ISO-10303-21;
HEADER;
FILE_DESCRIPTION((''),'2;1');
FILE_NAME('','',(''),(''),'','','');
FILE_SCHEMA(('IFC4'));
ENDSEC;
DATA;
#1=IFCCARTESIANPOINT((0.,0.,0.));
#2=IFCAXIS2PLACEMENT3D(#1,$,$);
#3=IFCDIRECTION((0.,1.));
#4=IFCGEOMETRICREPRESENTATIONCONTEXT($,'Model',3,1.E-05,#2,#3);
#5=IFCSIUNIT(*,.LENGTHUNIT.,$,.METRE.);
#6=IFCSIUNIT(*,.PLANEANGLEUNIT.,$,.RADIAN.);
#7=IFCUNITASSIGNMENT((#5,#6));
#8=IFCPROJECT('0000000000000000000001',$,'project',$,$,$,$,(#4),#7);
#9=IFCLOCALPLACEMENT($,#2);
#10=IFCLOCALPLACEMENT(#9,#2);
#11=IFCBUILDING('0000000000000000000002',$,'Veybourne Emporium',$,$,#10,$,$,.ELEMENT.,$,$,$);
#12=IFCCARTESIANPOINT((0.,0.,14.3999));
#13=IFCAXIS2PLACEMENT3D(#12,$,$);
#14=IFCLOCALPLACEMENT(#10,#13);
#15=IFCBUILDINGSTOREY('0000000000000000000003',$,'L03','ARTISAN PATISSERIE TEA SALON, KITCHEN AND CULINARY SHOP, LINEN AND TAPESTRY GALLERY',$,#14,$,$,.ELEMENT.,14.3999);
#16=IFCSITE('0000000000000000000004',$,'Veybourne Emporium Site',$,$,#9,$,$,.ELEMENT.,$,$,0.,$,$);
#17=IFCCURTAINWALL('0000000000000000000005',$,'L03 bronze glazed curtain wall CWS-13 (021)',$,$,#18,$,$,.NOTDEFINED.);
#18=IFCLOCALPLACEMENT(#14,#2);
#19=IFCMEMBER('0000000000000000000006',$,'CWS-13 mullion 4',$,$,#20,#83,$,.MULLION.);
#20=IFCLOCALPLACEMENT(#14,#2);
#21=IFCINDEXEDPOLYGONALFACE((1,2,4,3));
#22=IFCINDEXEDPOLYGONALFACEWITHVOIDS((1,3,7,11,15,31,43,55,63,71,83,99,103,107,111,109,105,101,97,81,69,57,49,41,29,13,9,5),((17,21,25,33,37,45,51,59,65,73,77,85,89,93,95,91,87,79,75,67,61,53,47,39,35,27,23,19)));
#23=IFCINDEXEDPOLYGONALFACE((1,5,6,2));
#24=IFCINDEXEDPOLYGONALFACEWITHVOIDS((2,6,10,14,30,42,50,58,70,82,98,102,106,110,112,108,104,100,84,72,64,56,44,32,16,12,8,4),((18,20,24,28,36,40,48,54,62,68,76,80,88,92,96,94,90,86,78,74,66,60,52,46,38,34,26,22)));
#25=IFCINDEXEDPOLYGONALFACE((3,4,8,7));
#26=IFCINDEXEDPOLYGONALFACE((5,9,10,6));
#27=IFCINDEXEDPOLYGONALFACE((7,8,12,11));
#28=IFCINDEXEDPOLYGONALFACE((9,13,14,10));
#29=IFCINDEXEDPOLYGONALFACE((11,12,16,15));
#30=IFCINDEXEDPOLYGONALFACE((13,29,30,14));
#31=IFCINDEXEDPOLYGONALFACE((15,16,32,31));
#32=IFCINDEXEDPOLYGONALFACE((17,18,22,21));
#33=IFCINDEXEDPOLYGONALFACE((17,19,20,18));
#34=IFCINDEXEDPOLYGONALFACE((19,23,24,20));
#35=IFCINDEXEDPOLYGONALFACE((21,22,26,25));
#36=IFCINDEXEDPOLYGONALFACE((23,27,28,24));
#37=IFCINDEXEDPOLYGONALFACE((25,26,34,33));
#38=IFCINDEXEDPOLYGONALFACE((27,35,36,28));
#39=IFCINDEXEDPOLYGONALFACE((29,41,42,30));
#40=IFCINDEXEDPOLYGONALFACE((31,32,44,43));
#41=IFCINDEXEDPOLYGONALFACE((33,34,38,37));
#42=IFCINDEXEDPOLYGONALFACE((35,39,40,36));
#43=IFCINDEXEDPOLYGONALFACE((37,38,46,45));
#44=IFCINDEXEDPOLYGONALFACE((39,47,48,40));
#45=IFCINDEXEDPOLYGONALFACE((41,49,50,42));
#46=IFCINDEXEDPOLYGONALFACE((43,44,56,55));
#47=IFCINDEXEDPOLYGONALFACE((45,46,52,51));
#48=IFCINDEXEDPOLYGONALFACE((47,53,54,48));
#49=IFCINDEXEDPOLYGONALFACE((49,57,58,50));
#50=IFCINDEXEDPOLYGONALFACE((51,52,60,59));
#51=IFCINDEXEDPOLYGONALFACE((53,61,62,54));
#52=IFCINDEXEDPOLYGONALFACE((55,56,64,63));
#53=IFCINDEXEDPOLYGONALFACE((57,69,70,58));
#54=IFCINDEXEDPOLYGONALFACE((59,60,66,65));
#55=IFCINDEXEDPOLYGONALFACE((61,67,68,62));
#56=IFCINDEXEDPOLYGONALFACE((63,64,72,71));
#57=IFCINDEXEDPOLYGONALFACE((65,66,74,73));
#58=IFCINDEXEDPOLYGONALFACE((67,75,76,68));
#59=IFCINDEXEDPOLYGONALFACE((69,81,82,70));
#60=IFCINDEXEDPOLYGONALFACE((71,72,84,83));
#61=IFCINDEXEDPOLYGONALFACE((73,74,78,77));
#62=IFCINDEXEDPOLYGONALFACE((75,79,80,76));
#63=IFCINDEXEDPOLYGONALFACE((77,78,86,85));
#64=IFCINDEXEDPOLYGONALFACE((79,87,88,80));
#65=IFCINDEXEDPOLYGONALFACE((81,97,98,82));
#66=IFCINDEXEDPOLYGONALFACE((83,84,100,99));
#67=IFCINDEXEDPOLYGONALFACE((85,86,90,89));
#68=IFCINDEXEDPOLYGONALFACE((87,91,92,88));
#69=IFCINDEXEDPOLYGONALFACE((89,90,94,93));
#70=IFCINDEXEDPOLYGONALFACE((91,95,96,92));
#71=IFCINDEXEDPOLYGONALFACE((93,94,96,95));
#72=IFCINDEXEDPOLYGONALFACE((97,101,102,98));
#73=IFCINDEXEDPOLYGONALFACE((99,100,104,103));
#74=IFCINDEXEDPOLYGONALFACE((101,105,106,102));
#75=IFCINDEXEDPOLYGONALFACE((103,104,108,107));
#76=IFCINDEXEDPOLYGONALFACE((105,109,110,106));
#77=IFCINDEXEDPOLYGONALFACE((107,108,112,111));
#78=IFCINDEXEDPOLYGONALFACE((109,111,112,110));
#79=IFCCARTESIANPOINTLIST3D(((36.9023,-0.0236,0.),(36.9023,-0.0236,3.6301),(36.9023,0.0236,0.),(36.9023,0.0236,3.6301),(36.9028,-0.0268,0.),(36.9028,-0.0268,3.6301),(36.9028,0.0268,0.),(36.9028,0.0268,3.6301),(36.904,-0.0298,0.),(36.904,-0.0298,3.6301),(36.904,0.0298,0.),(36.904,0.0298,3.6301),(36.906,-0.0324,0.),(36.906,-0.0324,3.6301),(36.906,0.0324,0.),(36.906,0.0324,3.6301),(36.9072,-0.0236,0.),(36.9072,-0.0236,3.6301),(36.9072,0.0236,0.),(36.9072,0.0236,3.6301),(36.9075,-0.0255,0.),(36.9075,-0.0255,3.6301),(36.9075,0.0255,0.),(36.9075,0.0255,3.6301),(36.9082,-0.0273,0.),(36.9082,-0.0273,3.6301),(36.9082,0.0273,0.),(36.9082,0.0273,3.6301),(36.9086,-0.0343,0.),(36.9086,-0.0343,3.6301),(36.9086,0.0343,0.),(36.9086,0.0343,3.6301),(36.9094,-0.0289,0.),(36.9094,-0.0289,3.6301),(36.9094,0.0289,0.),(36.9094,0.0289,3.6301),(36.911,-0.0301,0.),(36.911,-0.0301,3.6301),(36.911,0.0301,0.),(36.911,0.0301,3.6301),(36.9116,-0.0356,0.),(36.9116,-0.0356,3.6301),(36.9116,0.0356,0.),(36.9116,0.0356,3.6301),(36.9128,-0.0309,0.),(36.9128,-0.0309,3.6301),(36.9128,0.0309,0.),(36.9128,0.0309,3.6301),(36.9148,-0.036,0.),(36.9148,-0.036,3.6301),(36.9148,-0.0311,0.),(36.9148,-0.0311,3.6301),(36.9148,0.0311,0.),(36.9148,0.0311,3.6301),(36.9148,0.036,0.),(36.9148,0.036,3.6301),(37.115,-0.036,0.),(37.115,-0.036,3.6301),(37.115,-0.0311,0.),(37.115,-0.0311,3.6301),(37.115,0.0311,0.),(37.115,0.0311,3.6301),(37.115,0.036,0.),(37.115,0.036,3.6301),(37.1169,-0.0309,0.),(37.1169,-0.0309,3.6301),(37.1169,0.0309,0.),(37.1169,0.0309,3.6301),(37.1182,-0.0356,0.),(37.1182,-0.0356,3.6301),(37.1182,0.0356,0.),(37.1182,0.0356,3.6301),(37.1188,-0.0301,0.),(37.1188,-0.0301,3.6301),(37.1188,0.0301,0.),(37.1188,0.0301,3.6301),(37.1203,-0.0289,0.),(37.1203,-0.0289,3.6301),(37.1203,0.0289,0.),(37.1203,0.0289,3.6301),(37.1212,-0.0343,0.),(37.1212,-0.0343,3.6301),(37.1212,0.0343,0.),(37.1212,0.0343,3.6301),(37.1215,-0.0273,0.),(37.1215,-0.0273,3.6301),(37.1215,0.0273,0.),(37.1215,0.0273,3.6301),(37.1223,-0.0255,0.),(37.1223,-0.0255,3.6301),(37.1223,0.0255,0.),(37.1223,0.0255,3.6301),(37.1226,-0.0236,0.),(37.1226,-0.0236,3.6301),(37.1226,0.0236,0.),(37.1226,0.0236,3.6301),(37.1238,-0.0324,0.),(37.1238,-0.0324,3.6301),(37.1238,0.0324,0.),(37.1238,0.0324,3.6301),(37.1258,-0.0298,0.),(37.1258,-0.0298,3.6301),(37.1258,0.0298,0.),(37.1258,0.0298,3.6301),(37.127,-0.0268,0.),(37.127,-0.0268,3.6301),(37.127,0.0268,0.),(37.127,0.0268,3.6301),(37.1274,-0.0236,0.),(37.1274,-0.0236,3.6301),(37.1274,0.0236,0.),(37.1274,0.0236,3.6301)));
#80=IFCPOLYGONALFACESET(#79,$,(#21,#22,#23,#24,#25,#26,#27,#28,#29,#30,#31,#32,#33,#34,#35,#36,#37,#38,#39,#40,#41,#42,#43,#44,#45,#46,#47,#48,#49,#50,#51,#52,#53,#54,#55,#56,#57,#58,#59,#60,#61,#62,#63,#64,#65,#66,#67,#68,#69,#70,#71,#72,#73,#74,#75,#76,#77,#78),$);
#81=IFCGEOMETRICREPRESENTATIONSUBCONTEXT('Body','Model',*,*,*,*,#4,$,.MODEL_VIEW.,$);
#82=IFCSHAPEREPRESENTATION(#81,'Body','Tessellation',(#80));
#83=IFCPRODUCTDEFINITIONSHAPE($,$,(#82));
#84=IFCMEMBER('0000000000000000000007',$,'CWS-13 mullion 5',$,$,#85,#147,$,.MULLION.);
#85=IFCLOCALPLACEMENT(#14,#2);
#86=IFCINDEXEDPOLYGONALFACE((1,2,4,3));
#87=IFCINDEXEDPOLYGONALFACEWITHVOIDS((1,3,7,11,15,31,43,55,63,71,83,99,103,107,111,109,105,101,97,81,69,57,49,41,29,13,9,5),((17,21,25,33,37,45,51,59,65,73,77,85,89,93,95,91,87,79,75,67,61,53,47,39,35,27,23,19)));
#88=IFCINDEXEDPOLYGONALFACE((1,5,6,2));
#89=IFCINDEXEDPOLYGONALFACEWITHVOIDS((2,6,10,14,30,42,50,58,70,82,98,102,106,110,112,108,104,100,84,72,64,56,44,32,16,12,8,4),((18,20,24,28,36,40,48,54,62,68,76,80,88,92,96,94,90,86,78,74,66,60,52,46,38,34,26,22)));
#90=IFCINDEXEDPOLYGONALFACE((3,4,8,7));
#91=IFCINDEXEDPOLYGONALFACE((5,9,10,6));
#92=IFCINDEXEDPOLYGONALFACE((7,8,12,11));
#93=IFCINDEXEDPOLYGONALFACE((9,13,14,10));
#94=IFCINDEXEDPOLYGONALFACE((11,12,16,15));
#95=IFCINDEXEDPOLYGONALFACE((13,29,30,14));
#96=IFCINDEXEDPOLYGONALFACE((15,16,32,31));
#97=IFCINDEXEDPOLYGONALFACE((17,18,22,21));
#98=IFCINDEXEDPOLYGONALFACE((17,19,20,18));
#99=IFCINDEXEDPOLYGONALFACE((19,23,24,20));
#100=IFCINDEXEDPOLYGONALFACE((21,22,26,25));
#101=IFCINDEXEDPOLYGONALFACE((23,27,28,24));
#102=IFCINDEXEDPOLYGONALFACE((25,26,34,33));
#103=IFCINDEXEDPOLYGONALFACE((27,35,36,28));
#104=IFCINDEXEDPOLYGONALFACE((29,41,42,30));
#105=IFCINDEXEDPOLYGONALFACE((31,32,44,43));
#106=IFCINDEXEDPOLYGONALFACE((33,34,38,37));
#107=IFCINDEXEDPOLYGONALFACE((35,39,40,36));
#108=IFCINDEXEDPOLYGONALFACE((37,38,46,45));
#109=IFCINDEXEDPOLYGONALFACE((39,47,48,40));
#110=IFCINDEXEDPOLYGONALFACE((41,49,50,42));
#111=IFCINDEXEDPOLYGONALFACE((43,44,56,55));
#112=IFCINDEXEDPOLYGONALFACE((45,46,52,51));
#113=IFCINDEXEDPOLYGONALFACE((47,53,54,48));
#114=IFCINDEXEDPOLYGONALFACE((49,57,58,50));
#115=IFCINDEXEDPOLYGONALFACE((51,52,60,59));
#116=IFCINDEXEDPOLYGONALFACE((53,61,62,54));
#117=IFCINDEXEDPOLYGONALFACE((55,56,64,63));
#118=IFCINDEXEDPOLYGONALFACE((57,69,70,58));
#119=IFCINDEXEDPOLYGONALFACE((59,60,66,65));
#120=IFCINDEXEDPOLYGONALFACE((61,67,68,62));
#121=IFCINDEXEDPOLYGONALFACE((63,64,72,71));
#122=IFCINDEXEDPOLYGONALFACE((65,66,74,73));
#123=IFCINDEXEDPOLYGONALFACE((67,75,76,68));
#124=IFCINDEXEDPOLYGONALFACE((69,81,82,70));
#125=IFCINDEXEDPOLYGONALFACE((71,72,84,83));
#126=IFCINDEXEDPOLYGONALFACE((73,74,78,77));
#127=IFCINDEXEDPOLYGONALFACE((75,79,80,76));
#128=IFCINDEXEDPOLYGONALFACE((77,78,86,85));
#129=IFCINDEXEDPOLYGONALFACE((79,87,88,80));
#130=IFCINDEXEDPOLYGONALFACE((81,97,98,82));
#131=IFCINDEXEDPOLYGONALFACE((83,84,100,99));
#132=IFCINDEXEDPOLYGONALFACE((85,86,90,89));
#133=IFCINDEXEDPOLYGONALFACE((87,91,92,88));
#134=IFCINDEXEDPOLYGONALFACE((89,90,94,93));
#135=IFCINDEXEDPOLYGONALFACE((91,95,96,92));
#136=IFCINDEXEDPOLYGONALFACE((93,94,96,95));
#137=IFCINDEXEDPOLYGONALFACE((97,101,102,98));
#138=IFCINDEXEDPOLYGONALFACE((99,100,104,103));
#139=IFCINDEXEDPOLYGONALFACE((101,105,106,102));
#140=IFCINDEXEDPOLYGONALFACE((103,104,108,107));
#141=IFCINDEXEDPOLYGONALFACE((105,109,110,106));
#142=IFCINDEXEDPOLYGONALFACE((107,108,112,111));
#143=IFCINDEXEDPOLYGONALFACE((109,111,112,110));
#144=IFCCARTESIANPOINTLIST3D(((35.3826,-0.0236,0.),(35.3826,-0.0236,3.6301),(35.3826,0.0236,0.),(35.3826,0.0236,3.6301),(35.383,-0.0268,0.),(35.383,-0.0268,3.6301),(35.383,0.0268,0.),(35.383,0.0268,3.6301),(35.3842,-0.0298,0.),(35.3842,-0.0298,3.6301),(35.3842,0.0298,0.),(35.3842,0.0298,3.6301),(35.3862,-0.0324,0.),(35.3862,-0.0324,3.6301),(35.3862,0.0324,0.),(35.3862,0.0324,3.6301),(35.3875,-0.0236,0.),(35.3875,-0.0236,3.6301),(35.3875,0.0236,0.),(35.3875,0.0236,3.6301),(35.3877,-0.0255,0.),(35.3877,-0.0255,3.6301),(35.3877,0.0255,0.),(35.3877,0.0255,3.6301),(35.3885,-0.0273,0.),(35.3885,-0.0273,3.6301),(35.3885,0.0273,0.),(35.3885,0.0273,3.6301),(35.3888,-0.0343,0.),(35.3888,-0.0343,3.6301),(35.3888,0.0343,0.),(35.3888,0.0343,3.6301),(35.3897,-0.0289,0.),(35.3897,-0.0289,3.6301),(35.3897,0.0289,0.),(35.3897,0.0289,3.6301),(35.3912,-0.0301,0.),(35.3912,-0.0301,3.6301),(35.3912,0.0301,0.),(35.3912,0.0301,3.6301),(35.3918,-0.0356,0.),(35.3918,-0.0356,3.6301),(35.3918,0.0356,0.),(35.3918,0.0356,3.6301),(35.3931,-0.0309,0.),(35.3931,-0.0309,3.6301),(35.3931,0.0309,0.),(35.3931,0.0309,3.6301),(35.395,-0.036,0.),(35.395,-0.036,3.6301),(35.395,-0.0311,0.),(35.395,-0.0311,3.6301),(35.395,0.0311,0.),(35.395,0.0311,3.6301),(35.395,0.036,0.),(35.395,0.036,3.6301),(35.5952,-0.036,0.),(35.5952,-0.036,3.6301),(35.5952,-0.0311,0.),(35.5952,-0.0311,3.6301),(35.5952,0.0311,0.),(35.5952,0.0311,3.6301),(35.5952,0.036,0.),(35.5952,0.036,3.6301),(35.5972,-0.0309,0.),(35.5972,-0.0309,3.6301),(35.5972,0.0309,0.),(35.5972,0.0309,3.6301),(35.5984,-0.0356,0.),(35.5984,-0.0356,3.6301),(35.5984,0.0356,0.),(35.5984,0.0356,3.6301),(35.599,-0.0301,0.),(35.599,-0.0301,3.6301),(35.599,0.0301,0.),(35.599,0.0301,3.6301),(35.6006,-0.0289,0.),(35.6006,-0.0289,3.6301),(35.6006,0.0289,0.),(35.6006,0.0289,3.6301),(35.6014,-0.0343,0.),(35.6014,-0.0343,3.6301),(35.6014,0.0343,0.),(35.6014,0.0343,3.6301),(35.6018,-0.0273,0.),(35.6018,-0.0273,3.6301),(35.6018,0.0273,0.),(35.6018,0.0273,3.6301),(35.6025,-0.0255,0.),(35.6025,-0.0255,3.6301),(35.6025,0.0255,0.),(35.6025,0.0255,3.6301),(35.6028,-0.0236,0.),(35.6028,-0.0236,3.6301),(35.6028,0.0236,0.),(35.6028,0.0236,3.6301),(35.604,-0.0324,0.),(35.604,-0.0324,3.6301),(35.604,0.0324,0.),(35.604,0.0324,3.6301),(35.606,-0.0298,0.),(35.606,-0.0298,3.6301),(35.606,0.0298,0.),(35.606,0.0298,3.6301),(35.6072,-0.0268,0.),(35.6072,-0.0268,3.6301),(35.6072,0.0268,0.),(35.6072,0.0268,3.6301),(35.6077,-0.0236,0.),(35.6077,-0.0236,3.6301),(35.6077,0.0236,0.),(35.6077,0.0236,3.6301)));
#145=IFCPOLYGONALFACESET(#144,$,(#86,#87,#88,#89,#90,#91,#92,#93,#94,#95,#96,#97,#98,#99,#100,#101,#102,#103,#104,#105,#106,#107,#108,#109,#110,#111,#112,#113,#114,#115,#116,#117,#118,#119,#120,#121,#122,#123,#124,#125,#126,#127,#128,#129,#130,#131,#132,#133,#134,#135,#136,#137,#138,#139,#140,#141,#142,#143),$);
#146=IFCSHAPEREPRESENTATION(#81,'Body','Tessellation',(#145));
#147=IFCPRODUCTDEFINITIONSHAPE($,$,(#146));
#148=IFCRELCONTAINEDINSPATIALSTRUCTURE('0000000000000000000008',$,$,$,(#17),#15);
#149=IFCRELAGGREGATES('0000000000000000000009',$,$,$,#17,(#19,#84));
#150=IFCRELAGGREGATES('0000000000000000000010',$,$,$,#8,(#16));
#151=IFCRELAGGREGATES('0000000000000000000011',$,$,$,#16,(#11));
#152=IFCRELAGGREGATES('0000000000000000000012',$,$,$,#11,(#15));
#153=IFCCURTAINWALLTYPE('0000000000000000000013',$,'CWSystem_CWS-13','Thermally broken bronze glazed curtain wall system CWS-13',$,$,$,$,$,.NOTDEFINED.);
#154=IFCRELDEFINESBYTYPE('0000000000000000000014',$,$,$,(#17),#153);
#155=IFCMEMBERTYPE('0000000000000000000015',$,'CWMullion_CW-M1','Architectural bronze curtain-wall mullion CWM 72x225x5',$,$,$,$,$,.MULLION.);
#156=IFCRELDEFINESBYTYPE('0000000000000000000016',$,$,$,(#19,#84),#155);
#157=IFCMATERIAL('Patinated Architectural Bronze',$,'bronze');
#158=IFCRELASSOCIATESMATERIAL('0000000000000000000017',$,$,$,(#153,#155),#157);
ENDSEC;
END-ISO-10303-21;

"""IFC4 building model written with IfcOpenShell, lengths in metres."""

from ifc_helpers import new_model, si_unit, direction, frame, origin, origin_2d, place, context, subcontext, project, spatial, hollow_rectangle, extrude, material, material_profile, profile_set, type_object, element, aggregate, save


model = new_model("IFC4")

# Units and contexts
model_context = context("Model", 3, precision=1e-05, world=origin(), true_north=direction((0.0, 1.0)))
body_context = subcontext(model_context, "Body", "Model", "MODEL_VIEW")
ifc_project = project(units=[si_unit("LENGTHUNIT", "METRE"), si_unit("PLANEANGLEUNIT", "RADIAN")], contexts=[model_context])

# Site, building, storey
site_placement = place(None, origin())
site = spatial("IfcSite", under=ifc_project, at=site_placement, Name="Veybourne Emporium Site", CompositionType="ELEMENT", RefElevation=0.0)
building_placement = place(site_placement, origin())
building = spatial("IfcBuilding", under=site, at=building_placement, Name="Veybourne Emporium", CompositionType="ELEMENT")
storey_placement = place(building_placement, frame((0.0, 0.0, 14.3999)))
storey = spatial("IfcBuildingStorey", under=building, at=storey_placement, Name="L03", Description="ARTISAN PATISSERIE TEA SALON, KITCHEN AND CULINARY SHOP, LINEN AND TAPESTRY GALLERY", CompositionType="ELEMENT", Elevation=14.3999)

# Curtain wall, members
ifc_material_1 = material(Name="Patinated Architectural Bronze", Category="bronze")
curtain_wall_type = type_object("IfcCurtainWallType", Name="CWSystem_CWS-13", Description="Thermally broken bronze glazed curtain wall system CWS-13", PredefinedType="NOTDEFINED", material=ifc_material_1)
curtain_wall_placement = place(storey_placement, origin())
curtain_wall = element("IfcCurtainWall", 1, at=curtain_wall_placement, inside=storey, type_object=curtain_wall_type, Name="L03 bronze glazed curtain wall CWS-13 (021)", PredefinedType="NOTDEFINED")
ifc_material_profile_1 = material_profile(ifc_material_1, hollow_rectangle(XDim=0.072, YDim=0.2251, WallThickness=0.0049, InnerFilletRadius=0.0076, OuterFilletRadius=0.0125, at=origin_2d()), Name="CWM 72x225x5")
ifc_profile_set_1 = profile_set([ifc_material_profile_1], Name="Patinated Architectural Bronze")
member_type_1 = type_object("IfcMemberType", Name="CWMullion_CW-M1", Description="Architectural bronze curtain-wall mullion CWM 72x225x5", PredefinedType="MULLION", material=ifc_profile_set_1)
member_1_placement = place(storey_placement, frame((37.0149, 0.0, 0.0), z_axis=(0.0, 0.0, 1.0), x_axis=(0.0, -1.0, 0.0)))
member_1 = element("IfcMember", 2, at=member_1_placement, type_object=member_type_1, Name="CWS-13 mullion 4", PredefinedType="MULLION", context=body_context, shape_type="SweptSolid", body=[
    extrude(hollow_rectangle(XDim=0.072, YDim=0.2251, WallThickness=0.0049, InnerFilletRadius=0.0076, OuterFilletRadius=0.0125, at=origin_2d()), origin(), (0.0, 0.0, 1.0), 3.6301),
])
member_2_placement = place(storey_placement, frame((35.4951, 0.0, 0.0), z_axis=(0.0, 0.0, 1.0), x_axis=(0.0, -1.0, 0.0)))
member_2 = element("IfcMember", 3, at=member_2_placement, type_object=member_type_1, Name="CWS-13 mullion 5", PredefinedType="MULLION", context=body_context, shape_type="SweptSolid", body=[
    extrude(hollow_rectangle(XDim=0.072, YDim=0.2251, WallThickness=0.0049, InnerFilletRadius=0.0076, OuterFilletRadius=0.0125, at=origin_2d()), origin(), (0.0, 0.0, 1.0), 3.6301),
])

aggregate(curtain_wall, [member_1, member_2])

save(model, "model.ifc")
